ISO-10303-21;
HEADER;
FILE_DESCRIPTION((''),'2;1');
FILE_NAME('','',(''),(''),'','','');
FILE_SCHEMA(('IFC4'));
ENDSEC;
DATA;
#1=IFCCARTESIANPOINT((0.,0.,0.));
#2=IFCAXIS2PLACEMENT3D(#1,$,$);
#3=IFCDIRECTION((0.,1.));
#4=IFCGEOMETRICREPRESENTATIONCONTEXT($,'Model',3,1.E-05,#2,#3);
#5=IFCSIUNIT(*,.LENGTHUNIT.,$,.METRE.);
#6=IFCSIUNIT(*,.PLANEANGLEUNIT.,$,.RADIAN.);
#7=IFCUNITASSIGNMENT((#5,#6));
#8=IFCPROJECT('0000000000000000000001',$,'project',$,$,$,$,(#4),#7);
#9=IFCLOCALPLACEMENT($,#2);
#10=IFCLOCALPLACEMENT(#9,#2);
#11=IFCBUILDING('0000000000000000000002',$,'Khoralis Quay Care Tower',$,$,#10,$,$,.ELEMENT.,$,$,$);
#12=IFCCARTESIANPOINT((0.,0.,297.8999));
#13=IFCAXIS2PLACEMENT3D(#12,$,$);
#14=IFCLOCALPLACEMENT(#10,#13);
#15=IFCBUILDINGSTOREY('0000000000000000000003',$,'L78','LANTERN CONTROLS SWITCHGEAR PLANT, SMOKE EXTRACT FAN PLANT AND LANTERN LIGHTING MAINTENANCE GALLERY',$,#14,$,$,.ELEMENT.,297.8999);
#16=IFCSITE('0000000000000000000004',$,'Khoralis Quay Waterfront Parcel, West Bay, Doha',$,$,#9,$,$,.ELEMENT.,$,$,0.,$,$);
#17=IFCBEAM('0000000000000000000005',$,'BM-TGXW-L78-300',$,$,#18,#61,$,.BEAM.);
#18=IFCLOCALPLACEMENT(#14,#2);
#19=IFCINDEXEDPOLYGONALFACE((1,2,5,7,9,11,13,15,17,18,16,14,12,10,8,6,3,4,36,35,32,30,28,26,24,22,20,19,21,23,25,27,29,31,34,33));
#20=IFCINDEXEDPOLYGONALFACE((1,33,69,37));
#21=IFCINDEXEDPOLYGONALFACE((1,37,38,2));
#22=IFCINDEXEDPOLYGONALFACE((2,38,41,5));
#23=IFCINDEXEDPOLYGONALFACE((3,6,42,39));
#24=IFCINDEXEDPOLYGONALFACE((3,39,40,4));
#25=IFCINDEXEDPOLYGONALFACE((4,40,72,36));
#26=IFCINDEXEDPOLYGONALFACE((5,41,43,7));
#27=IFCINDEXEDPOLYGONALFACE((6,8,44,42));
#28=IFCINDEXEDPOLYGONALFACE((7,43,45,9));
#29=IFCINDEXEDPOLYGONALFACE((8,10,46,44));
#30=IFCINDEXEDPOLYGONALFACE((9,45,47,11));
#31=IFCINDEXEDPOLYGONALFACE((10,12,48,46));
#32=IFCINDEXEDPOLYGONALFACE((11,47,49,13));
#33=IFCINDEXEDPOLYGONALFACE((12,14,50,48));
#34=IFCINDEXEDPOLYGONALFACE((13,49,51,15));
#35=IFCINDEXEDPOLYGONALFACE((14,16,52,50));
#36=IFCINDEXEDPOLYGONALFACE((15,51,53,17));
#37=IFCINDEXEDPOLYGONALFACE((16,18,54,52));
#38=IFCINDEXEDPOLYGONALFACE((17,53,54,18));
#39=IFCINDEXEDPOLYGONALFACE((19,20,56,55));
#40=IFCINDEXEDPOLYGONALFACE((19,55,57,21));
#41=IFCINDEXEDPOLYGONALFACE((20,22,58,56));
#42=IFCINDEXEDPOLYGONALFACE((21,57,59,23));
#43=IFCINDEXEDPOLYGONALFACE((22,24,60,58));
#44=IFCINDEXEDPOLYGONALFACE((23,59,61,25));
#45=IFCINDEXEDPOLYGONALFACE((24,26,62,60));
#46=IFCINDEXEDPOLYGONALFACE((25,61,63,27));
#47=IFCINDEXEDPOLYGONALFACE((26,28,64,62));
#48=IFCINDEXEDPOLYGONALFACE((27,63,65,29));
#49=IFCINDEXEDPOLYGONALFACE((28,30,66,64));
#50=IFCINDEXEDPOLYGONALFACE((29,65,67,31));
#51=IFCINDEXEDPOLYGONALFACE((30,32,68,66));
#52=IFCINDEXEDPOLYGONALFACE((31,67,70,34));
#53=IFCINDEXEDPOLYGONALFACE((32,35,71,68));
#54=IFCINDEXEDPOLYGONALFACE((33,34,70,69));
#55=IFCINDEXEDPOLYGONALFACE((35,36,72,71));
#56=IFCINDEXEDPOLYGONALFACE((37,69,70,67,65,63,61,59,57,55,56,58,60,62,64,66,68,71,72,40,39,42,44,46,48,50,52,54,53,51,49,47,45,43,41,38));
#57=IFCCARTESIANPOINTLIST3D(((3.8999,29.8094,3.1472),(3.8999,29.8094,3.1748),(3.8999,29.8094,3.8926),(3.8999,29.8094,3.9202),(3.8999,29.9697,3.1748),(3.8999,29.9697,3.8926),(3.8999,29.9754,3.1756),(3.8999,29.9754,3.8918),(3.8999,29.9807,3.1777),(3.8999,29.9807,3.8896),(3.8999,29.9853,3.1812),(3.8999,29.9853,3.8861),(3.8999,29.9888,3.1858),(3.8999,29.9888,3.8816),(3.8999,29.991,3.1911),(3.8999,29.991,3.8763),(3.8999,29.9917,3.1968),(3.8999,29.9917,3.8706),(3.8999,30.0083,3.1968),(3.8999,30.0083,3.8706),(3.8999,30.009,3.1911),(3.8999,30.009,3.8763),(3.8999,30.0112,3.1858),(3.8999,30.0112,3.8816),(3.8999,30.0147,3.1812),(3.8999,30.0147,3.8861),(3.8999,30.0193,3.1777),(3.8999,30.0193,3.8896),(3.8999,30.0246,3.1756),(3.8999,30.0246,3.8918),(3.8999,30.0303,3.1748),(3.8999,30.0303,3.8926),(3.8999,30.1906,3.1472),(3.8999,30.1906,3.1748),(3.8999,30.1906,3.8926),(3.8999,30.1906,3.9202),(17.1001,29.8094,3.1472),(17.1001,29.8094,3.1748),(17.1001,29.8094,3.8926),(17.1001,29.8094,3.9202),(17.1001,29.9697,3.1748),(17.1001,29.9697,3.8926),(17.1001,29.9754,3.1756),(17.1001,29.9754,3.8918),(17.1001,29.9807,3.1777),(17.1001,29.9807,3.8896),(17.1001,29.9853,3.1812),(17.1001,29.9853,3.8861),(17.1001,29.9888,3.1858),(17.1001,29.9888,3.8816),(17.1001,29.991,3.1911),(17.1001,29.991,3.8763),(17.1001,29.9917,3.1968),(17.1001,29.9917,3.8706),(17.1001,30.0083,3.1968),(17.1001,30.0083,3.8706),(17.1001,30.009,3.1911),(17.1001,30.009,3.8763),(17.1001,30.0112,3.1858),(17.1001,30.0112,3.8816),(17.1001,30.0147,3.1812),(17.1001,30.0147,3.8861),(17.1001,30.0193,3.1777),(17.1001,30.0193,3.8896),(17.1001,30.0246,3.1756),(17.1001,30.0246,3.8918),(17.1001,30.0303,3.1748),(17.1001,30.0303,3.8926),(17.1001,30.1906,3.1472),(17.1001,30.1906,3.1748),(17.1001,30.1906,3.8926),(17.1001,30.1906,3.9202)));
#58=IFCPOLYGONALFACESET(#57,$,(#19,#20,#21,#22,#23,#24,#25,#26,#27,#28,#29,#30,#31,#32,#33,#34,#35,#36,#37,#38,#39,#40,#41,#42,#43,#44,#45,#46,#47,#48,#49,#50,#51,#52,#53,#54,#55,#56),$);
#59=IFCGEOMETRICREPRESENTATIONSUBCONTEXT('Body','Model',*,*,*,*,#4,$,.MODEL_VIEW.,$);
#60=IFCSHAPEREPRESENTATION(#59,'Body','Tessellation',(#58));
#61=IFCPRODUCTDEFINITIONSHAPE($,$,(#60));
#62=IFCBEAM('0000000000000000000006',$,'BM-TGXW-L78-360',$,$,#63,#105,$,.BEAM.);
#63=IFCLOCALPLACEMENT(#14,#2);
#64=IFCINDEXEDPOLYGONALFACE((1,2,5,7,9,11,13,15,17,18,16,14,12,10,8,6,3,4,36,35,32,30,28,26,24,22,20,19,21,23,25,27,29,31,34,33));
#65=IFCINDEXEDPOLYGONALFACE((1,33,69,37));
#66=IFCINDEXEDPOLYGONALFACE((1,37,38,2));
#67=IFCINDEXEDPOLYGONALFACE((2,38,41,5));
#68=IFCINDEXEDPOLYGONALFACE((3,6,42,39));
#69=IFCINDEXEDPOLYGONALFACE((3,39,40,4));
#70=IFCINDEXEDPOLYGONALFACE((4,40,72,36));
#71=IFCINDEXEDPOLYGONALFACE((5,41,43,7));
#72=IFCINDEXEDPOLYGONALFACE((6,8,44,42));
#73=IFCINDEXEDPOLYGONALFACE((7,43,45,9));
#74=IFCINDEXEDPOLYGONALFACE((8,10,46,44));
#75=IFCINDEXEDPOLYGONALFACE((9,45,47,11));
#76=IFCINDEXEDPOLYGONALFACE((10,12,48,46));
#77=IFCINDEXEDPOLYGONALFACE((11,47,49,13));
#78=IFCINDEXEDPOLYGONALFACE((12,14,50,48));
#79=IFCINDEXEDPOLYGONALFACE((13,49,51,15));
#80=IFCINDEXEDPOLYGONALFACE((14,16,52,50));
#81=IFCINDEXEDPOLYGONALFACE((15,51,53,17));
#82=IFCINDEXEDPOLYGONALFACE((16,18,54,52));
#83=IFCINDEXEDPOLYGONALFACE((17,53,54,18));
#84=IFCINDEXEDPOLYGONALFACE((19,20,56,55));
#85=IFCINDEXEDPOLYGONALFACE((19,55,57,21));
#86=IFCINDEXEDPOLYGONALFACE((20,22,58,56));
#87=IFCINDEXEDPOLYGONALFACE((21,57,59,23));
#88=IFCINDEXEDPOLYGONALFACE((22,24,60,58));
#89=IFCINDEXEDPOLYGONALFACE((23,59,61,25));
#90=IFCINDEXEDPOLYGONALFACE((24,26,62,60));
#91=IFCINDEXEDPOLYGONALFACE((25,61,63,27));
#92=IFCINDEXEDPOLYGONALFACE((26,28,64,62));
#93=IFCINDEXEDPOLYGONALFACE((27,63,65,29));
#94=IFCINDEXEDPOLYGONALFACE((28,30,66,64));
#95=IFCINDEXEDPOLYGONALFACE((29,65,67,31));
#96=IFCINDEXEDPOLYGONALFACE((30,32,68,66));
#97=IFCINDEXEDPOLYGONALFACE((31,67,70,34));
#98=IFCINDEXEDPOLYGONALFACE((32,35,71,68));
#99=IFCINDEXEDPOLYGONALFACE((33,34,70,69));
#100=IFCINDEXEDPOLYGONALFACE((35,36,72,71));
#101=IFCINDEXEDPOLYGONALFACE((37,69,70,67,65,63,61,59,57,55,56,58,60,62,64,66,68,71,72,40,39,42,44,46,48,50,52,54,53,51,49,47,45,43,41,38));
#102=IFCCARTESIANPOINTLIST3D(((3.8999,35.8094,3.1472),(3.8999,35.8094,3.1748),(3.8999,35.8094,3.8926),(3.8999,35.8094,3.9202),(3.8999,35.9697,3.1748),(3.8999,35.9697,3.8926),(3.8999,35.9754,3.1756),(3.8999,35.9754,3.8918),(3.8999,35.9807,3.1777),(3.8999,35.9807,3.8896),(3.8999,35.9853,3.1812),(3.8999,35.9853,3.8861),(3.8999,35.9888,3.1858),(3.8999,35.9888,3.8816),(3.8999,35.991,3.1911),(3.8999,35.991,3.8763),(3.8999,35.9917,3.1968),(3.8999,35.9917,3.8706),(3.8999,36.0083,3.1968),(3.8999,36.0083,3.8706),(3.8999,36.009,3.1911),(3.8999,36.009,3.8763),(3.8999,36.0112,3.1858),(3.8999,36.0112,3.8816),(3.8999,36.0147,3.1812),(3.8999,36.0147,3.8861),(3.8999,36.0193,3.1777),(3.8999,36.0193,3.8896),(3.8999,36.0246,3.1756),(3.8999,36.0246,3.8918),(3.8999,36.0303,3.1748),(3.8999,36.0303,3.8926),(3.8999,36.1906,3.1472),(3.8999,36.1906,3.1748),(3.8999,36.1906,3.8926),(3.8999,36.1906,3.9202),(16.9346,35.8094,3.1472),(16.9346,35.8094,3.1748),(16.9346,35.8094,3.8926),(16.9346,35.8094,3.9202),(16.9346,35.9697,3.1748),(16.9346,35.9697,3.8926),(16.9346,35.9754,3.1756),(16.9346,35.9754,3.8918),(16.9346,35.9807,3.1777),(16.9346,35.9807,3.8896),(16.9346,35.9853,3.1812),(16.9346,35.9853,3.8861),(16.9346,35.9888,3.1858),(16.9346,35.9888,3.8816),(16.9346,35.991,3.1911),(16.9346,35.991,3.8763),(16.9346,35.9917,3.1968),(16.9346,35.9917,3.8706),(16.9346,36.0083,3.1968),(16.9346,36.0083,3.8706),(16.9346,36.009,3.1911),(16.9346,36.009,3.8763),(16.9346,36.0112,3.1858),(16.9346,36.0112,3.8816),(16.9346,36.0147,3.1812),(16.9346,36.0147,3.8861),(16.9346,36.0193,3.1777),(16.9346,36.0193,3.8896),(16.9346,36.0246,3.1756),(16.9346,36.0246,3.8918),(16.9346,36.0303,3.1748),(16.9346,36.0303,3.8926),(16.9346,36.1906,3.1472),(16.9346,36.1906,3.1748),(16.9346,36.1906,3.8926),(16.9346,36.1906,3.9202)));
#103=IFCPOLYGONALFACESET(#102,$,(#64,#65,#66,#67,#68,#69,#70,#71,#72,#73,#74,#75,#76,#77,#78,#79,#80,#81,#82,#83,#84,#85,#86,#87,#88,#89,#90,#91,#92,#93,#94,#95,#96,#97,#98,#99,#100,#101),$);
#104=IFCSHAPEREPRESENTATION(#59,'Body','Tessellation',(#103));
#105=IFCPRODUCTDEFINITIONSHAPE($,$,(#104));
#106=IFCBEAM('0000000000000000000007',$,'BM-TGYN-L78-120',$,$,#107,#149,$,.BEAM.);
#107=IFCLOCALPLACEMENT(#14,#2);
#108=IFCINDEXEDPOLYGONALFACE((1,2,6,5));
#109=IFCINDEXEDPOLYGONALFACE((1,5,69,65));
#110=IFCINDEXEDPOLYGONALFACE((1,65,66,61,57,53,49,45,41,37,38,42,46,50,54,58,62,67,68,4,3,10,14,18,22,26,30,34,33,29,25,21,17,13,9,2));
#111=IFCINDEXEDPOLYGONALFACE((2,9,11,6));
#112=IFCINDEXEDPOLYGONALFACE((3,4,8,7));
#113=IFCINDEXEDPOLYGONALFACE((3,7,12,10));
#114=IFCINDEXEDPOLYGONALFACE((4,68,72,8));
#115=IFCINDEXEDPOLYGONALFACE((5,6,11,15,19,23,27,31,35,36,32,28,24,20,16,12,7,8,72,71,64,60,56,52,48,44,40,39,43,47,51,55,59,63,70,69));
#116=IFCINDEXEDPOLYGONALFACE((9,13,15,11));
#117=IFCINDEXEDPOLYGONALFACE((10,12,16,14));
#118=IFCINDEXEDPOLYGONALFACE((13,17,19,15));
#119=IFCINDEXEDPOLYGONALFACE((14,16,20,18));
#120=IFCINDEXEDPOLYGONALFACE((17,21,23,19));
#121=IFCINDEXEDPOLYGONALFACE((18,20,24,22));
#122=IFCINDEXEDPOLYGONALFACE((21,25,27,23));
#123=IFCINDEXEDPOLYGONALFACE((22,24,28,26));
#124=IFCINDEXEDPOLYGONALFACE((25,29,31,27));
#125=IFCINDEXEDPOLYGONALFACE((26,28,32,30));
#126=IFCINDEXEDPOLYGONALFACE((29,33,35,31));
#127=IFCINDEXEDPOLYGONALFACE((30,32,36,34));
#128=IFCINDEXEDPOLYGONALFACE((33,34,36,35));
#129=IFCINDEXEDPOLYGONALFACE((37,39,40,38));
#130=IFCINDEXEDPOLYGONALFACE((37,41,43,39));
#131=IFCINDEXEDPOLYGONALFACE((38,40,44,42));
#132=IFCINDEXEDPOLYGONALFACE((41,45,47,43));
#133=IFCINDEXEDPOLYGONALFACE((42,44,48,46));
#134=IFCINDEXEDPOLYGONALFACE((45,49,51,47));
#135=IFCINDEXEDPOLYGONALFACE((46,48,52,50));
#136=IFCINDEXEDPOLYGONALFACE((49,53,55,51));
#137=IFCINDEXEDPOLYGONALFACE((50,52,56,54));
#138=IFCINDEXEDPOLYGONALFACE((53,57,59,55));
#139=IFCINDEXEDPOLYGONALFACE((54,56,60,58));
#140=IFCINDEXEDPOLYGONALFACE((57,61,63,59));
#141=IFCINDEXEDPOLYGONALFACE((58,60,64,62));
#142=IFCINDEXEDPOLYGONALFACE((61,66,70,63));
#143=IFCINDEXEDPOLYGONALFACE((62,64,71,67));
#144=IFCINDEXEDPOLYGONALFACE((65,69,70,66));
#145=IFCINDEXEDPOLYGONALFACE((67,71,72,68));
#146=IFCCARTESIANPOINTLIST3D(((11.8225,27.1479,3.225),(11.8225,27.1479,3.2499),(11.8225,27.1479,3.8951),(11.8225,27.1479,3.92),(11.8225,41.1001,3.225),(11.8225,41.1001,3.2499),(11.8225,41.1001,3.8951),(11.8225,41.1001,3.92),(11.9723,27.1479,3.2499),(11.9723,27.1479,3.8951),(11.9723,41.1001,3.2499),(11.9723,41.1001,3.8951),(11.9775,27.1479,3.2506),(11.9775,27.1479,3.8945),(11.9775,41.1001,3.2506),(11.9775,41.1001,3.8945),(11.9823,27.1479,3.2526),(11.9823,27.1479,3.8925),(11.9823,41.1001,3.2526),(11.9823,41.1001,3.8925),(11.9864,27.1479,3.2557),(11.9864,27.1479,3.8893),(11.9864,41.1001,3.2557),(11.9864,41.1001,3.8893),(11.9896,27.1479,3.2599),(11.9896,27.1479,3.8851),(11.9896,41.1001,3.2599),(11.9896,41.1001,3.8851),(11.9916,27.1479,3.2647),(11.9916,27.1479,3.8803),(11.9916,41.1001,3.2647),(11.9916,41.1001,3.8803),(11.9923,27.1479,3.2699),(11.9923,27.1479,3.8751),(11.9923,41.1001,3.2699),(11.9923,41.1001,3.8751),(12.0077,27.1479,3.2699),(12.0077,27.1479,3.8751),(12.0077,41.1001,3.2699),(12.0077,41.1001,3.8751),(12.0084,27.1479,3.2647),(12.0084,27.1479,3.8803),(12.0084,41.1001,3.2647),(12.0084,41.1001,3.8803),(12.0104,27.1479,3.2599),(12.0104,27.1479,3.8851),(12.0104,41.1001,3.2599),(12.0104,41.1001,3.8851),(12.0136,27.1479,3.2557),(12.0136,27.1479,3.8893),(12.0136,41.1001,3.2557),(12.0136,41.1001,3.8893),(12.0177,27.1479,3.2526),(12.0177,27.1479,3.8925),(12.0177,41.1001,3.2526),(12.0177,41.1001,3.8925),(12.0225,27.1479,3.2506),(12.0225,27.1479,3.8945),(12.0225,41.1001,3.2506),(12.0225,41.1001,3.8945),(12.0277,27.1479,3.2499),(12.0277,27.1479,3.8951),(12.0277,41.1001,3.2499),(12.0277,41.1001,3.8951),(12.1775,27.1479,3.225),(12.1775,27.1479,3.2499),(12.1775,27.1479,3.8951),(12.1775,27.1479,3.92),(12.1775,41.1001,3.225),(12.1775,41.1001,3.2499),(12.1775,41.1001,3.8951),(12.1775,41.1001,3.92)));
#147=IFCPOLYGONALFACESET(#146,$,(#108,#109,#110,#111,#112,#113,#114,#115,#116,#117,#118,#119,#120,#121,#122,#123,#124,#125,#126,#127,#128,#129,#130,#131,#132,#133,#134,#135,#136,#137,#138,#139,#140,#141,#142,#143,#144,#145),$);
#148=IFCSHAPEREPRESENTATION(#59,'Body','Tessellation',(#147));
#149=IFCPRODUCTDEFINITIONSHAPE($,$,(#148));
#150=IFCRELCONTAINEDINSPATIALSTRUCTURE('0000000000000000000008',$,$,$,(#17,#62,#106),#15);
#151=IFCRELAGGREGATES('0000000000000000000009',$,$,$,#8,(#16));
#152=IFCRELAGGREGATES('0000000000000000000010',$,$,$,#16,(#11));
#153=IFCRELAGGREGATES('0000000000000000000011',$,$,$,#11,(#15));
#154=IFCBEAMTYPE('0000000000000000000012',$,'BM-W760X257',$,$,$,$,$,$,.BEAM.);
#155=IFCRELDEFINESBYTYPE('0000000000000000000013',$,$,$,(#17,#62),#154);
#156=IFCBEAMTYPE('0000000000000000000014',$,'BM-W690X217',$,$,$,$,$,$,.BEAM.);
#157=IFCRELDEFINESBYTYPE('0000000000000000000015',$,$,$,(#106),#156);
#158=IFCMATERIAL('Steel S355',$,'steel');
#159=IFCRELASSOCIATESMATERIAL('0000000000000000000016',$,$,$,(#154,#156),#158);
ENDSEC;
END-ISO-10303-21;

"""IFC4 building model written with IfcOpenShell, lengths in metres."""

from ifc_helpers import new_model, si_unit, direction, frame, origin, origin_2d, place, context, subcontext, project, spatial, i_section, extrude, source, transform, mapped, material, material_profile, profile_set, type_object, element, save


model = new_model("IFC4")

# Units and contexts
model_context = context("Model", 3, precision=1e-05, world=origin(), true_north=direction((0.0, 1.0)))
body_context = subcontext(model_context, "Body", "Model", "MODEL_VIEW")
ifc_project = project(units=[si_unit("LENGTHUNIT", "METRE"), si_unit("PLANEANGLEUNIT", "RADIAN")], contexts=[model_context])

# Site, building, storey
site_placement = place(None, origin())
site = spatial("IfcSite", under=ifc_project, at=site_placement, Name="Khoralis Quay Waterfront Parcel, West Bay, Doha", CompositionType="ELEMENT", RefElevation=0.0)
building_placement = place(site_placement, origin())
building = spatial("IfcBuilding", under=site, at=building_placement, Name="Khoralis Quay Care Tower", CompositionType="ELEMENT")
storey_placement = place(building_placement, frame((0.0, 0.0, 297.8999)))
storey = spatial("IfcBuildingStorey", under=building, at=storey_placement, Name="L78", Description="LANTERN CONTROLS SWITCHGEAR PLANT, SMOKE EXTRACT FAN PLANT AND LANTERN LIGHTING MAINTENANCE GALLERY", CompositionType="ELEMENT", Elevation=297.8999)

# Shared definitions
ifc_material_1 = material(Name="Steel S355", Category="steel")

# Beams
ifc_material_profile_1 = material_profile(ifc_material_1, i_section(OverallWidth=0.3811, OverallDepth=0.7729, WebThickness=0.0166, FlangeThickness=0.0276, FilletRadius=0.022, at=origin_2d()), Name="Steel S355")
ifc_profile_set_1 = profile_set([ifc_material_profile_1], Name="Steel S355")
beam_type_1 = type_object("IfcBeamType", Name="BM-W760X257", PredefinedType="BEAM", material=ifc_profile_set_1)
ifc_material_profile_2 = material_profile(ifc_material_1, i_section(OverallWidth=0.355, OverallDepth=0.6951, WebThickness=0.0154, FlangeThickness=0.0249, FilletRadius=0.02, at=origin_2d()), Name="Steel S355")
ifc_profile_set_2 = profile_set([ifc_material_profile_2], Name="Steel S355")
beam_type_2 = type_object("IfcBeamType", Name="BM-W690X217", PredefinedType="BEAM", material=ifc_profile_set_2)
shared_shape_1 = source(origin(), body_context, "Body", "SweptSolid", [
    extrude(i_section(OverallWidth=0.3811, OverallDepth=0.7729, WebThickness=0.0166, FlangeThickness=0.0276, FilletRadius=0.022, at=origin_2d()), origin(), (0.0, 0.0, 1.0), 13.2002),
])
beam_1_placement = place(storey_placement, frame((3.8999, 30.0, 3.5337), z_axis=(1.0, 0.0, 0.0), x_axis=(0.0, 1.0, 0.0)))
element("IfcBeam", 1, at=beam_1_placement, inside=storey, type_object=beam_type_1, Name="BM-TGXW-L78-300", PredefinedType="BEAM", context=body_context, shape_type="MappedRepresentation", body=[
    mapped(shared_shape_1, transform((0.0, 0.0, 0.0), scale=1.0)),
])
shared_shape_2 = source(origin(), body_context, "Body", "SweptSolid", [
    extrude(i_section(OverallWidth=0.3811, OverallDepth=0.7729, WebThickness=0.0166, FlangeThickness=0.0276, FilletRadius=0.022, at=origin_2d()), origin(), (0.0, 0.0, 1.0), 13.0347),
])
beam_2_placement = place(storey_placement, frame((3.8999, 36.0, 3.5337), z_axis=(1.0, 0.0, 0.0), x_axis=(0.0, 1.0, 0.0)))
element("IfcBeam", 2, at=beam_2_placement, inside=storey, type_object=beam_type_1, Name="BM-TGXW-L78-360", PredefinedType="BEAM", context=body_context, shape_type="MappedRepresentation", body=[
    mapped(shared_shape_2, transform((0.0, 0.0, 0.0), scale=1.0)),
])
shared_shape_3 = source(origin(), body_context, "Body", "SweptSolid", [
    extrude(i_section(OverallWidth=0.355, OverallDepth=0.6951, WebThickness=0.0154, FlangeThickness=0.0249, FilletRadius=0.02, at=origin_2d()), origin(), (0.0, 0.0, 1.0), 13.9521),
])
beam_3_placement = place(storey_placement, frame((12.0, 27.1479, 3.5725), z_axis=(0.0, 1.0, 0.0), x_axis=(-1.0, 0.0, 0.0)))
element("IfcBeam", 3, at=beam_3_placement, inside=storey, type_object=beam_type_2, Name="BM-TGYN-L78-120", PredefinedType="BEAM", context=body_context, shape_type="MappedRepresentation", body=[
    mapped(shared_shape_3, transform((0.0, 0.0, 0.0), scale=1.0)),
])

save(model, "model.ifc")
